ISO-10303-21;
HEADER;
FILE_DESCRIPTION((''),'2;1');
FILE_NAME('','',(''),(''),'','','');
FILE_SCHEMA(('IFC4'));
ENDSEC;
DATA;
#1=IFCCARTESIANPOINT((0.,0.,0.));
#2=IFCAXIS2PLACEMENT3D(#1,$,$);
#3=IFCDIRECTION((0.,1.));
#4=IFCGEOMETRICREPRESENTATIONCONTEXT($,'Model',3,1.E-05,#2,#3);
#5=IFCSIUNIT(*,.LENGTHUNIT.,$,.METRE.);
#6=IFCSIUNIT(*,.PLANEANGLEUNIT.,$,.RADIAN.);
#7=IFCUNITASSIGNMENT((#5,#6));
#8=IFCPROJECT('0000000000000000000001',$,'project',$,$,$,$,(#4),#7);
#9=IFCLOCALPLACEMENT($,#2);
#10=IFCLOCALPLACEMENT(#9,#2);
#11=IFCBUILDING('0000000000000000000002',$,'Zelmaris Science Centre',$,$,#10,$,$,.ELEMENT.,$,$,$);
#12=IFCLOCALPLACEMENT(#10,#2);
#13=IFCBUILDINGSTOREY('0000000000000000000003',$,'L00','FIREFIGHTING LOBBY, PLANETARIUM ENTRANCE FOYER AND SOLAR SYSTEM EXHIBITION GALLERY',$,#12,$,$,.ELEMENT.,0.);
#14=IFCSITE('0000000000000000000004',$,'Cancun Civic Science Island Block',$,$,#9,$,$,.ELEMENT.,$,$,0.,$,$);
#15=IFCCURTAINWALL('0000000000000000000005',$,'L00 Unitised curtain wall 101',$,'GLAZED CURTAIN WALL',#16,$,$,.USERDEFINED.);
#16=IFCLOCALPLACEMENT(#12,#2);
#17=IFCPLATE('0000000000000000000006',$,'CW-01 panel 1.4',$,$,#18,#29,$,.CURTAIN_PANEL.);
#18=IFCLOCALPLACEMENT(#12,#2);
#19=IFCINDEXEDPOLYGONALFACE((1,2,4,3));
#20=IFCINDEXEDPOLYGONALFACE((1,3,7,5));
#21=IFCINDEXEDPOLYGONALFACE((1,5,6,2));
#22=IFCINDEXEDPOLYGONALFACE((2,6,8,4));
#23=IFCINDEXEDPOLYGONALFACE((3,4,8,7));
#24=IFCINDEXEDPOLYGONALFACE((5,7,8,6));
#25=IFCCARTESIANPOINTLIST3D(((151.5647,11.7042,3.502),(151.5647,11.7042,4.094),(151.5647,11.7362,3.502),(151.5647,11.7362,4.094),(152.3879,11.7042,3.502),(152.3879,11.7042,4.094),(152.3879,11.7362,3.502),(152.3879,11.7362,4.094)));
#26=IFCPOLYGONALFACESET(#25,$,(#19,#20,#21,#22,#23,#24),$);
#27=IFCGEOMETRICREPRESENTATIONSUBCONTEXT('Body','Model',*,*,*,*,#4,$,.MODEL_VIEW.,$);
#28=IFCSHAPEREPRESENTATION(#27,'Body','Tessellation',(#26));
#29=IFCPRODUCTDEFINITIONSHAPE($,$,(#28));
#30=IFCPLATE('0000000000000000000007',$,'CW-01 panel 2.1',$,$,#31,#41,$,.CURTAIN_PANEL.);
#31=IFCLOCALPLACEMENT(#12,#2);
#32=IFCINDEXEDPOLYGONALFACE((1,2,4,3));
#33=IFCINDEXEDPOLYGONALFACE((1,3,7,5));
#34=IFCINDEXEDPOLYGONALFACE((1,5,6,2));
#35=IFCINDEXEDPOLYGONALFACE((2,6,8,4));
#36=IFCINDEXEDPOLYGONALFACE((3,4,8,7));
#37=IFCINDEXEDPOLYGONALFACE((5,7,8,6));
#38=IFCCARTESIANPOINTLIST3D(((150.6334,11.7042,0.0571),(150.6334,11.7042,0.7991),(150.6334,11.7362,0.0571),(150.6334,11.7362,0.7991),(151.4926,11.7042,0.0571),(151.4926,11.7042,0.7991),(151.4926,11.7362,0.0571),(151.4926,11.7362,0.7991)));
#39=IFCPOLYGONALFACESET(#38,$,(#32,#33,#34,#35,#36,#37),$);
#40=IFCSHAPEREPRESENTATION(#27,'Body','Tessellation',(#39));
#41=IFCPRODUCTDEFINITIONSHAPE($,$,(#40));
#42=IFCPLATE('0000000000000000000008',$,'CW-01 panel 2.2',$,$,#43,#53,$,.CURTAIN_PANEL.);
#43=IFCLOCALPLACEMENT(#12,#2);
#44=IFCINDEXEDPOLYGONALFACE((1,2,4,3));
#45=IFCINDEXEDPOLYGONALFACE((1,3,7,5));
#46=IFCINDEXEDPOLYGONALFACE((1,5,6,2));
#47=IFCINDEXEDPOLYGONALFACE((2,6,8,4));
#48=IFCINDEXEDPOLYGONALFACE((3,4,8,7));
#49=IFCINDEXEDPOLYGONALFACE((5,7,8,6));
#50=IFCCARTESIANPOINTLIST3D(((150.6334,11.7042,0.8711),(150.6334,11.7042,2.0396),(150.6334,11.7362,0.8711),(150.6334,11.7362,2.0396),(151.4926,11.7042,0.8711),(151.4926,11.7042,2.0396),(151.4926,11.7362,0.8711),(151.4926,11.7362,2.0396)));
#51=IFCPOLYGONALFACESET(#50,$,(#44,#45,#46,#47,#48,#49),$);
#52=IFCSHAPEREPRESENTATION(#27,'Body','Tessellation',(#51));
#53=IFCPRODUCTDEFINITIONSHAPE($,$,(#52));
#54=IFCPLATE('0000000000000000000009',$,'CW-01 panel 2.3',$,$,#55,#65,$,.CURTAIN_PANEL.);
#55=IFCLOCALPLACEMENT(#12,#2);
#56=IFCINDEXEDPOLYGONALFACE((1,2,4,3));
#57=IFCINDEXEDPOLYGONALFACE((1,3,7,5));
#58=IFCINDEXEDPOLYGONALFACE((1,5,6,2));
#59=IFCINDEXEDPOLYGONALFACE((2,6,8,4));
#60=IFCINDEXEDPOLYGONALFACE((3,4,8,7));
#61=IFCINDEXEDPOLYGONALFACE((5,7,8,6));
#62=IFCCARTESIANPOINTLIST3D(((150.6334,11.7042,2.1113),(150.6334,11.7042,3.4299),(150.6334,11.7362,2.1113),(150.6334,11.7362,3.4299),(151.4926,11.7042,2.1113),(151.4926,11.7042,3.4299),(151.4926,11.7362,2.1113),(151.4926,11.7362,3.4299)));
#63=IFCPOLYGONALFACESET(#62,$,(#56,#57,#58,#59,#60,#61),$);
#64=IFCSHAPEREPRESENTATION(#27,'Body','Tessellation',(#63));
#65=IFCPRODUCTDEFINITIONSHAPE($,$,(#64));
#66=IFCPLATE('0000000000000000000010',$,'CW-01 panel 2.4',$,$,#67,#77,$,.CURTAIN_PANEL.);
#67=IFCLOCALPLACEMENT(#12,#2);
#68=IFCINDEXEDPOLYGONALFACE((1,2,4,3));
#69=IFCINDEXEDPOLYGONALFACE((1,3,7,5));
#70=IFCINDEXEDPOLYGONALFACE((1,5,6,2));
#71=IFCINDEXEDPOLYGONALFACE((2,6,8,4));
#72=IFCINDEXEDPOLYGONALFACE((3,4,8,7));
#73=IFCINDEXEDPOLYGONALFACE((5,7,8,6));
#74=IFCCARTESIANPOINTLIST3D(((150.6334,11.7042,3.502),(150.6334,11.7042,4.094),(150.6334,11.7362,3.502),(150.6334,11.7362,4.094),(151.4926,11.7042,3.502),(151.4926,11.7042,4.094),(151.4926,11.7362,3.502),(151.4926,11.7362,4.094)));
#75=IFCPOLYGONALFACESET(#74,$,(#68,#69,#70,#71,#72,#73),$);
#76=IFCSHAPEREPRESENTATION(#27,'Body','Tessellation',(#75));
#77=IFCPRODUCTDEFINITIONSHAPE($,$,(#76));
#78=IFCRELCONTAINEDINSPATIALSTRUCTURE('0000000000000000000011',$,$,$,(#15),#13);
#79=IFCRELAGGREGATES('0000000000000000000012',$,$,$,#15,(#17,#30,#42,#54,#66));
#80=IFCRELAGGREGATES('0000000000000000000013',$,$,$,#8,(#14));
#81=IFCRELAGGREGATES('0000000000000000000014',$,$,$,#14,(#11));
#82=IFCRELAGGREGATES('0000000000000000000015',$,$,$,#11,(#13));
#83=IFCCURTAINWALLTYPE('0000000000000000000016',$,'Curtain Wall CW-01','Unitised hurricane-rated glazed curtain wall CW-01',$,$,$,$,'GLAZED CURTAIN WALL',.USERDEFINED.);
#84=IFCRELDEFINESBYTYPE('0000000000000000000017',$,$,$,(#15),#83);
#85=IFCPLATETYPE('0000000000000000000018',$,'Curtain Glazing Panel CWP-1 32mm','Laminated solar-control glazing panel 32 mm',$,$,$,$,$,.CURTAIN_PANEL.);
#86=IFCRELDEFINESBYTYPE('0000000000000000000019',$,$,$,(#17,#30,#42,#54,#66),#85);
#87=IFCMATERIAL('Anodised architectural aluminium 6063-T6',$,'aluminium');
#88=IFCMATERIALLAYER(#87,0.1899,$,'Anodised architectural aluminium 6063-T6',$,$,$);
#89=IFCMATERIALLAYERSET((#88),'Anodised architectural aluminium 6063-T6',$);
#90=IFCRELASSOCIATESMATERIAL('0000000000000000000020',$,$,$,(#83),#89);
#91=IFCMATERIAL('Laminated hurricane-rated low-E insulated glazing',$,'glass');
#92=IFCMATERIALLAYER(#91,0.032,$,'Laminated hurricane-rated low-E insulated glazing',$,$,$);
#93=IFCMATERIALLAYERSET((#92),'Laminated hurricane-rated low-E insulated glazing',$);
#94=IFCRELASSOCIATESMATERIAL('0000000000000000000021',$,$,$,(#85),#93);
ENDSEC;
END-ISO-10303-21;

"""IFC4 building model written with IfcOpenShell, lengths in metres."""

from ifc_helpers import new_model, si_unit, direction, frame, origin, origin_2d, place, context, subcontext, project, spatial, rectangle, extrude, material, layer, layer_set, type_object, element, aggregate, save


model = new_model("IFC4")

# Units and contexts
model_context = context("Model", 3, precision=1e-05, world=origin(), true_north=direction((0.0, 1.0)))
body_context = subcontext(model_context, "Body", "Model", "MODEL_VIEW")
ifc_project = project(units=[si_unit("LENGTHUNIT", "METRE"), si_unit("PLANEANGLEUNIT", "RADIAN")], contexts=[model_context])

# Site, building, storey
site_placement = place(None, origin())
site = spatial("IfcSite", under=ifc_project, at=site_placement, Name="Cancun Civic Science Island Block", CompositionType="ELEMENT", RefElevation=0.0)
building_placement = place(site_placement, origin())
building = spatial("IfcBuilding", under=site, at=building_placement, Name="Zelmaris Science Centre", CompositionType="ELEMENT")
storey_placement = place(building_placement, origin())
storey = spatial("IfcBuildingStorey", under=building, at=storey_placement, Name="L00", Description="FIREFIGHTING LOBBY, PLANETARIUM ENTRANCE FOYER AND SOLAR SYSTEM EXHIBITION GALLERY", CompositionType="ELEMENT", Elevation=0.0)

# Curtain wall
ifc_material_1 = material(Name="Anodised architectural aluminium 6063-T6", Category="aluminium")
ifc_layer_1 = layer(ifc_material_1, 0.1899, Name="Anodised architectural aluminium 6063-T6")
ifc_layer_set_1 = layer_set([ifc_layer_1], Name="Anodised architectural aluminium 6063-T6")
curtain_wall_type = type_object("IfcCurtainWallType", Name="Curtain Wall CW-01", Description="Unitised hurricane-rated glazed curtain wall CW-01", ElementType="GLAZED CURTAIN WALL", PredefinedType="USERDEFINED", material=ifc_layer_set_1)
curtain_wall_placement = place(storey_placement, origin())
curtain_wall = element("IfcCurtainWall", 1, at=curtain_wall_placement, inside=storey, type_object=curtain_wall_type, Name="L00 Unitised curtain wall 101", ObjectType="GLAZED CURTAIN WALL", PredefinedType="USERDEFINED")

# Plates
ifc_material_2 = material(Name="Laminated hurricane-rated low-E insulated glazing", Category="glass")
ifc_layer_2 = layer(ifc_material_2, 0.032, Name="Laminated hurricane-rated low-E insulated glazing")
ifc_layer_set_2 = layer_set([ifc_layer_2], Name="Laminated hurricane-rated low-E insulated glazing")
plate_type = type_object("IfcPlateType", Name="Curtain Glazing Panel CWP-1 32mm", Description="Laminated solar-control glazing panel 32 mm", PredefinedType="CURTAIN_PANEL", material=ifc_layer_set_2)
plate_1_placement = place(storey_placement, frame((151.9763, 11.7202, 3.502), z_axis=(0.0, 0.0, 1.0), x_axis=(-1.0, 0.0, 0.0)))
plate_1 = element("IfcPlate", 2, at=plate_1_placement, type_object=plate_type, Name="CW-01 panel 1.4", PredefinedType="CURTAIN_PANEL", context=body_context, shape_type="SweptSolid", body=[
    extrude(rectangle(XDim=0.8232, YDim=0.032, at=origin_2d()), origin(), (0.0, 0.0, 1.0), 0.592),
])
plate_2_placement = place(storey_placement, frame((151.063, 11.7202, 0.0571), z_axis=(0.0, 0.0, 1.0), x_axis=(-1.0, 0.0, 0.0)))
plate_2 = element("IfcPlate", 3, at=plate_2_placement, type_object=plate_type, Name="CW-01 panel 2.1", PredefinedType="CURTAIN_PANEL", context=body_context, shape_type="SweptSolid", body=[
    extrude(rectangle(XDim=0.8591, YDim=0.032, at=origin_2d()), origin(), (0.0, 0.0, 1.0), 0.7419),
])
plate_3_placement = place(storey_placement, frame((151.063, 11.7202, 0.8711), z_axis=(0.0, 0.0, 1.0), x_axis=(-1.0, 0.0, 0.0)))
plate_3 = element("IfcPlate", 4, at=plate_3_placement, type_object=plate_type, Name="CW-01 panel 2.2", PredefinedType="CURTAIN_PANEL", context=body_context, shape_type="SweptSolid", body=[
    extrude(rectangle(XDim=0.8591, YDim=0.032, at=origin_2d()), origin(), (0.0, 0.0, 1.0), 1.1685),
])
plate_4_placement = place(storey_placement, frame((151.063, 11.7202, 2.1113), z_axis=(0.0, 0.0, 1.0), x_axis=(-1.0, 0.0, 0.0)))
plate_4 = element("IfcPlate", 5, at=plate_4_placement, type_object=plate_type, Name="CW-01 panel 2.3", PredefinedType="CURTAIN_PANEL", context=body_context, shape_type="SweptSolid", body=[
    extrude(rectangle(XDim=0.8591, YDim=0.032, at=origin_2d()), origin(), (0.0, 0.0, 1.0), 1.3186),
])
plate_5_placement = place(storey_placement, frame((151.063, 11.7202, 3.502), z_axis=(0.0, 0.0, 1.0), x_axis=(-1.0, 0.0, 0.0)))
plate_5 = element("IfcPlate", 6, at=plate_5_placement, type_object=plate_type, Name="CW-01 panel 2.4", PredefinedType="CURTAIN_PANEL", context=body_context, shape_type="SweptSolid", body=[
    extrude(rectangle(XDim=0.8591, YDim=0.032, at=origin_2d()), origin(), (0.0, 0.0, 1.0), 0.592),
])
aggregate(curtain_wall, [plate_1, plate_2, plate_3, plate_4, plate_5])

save(model, "model.ifc")
